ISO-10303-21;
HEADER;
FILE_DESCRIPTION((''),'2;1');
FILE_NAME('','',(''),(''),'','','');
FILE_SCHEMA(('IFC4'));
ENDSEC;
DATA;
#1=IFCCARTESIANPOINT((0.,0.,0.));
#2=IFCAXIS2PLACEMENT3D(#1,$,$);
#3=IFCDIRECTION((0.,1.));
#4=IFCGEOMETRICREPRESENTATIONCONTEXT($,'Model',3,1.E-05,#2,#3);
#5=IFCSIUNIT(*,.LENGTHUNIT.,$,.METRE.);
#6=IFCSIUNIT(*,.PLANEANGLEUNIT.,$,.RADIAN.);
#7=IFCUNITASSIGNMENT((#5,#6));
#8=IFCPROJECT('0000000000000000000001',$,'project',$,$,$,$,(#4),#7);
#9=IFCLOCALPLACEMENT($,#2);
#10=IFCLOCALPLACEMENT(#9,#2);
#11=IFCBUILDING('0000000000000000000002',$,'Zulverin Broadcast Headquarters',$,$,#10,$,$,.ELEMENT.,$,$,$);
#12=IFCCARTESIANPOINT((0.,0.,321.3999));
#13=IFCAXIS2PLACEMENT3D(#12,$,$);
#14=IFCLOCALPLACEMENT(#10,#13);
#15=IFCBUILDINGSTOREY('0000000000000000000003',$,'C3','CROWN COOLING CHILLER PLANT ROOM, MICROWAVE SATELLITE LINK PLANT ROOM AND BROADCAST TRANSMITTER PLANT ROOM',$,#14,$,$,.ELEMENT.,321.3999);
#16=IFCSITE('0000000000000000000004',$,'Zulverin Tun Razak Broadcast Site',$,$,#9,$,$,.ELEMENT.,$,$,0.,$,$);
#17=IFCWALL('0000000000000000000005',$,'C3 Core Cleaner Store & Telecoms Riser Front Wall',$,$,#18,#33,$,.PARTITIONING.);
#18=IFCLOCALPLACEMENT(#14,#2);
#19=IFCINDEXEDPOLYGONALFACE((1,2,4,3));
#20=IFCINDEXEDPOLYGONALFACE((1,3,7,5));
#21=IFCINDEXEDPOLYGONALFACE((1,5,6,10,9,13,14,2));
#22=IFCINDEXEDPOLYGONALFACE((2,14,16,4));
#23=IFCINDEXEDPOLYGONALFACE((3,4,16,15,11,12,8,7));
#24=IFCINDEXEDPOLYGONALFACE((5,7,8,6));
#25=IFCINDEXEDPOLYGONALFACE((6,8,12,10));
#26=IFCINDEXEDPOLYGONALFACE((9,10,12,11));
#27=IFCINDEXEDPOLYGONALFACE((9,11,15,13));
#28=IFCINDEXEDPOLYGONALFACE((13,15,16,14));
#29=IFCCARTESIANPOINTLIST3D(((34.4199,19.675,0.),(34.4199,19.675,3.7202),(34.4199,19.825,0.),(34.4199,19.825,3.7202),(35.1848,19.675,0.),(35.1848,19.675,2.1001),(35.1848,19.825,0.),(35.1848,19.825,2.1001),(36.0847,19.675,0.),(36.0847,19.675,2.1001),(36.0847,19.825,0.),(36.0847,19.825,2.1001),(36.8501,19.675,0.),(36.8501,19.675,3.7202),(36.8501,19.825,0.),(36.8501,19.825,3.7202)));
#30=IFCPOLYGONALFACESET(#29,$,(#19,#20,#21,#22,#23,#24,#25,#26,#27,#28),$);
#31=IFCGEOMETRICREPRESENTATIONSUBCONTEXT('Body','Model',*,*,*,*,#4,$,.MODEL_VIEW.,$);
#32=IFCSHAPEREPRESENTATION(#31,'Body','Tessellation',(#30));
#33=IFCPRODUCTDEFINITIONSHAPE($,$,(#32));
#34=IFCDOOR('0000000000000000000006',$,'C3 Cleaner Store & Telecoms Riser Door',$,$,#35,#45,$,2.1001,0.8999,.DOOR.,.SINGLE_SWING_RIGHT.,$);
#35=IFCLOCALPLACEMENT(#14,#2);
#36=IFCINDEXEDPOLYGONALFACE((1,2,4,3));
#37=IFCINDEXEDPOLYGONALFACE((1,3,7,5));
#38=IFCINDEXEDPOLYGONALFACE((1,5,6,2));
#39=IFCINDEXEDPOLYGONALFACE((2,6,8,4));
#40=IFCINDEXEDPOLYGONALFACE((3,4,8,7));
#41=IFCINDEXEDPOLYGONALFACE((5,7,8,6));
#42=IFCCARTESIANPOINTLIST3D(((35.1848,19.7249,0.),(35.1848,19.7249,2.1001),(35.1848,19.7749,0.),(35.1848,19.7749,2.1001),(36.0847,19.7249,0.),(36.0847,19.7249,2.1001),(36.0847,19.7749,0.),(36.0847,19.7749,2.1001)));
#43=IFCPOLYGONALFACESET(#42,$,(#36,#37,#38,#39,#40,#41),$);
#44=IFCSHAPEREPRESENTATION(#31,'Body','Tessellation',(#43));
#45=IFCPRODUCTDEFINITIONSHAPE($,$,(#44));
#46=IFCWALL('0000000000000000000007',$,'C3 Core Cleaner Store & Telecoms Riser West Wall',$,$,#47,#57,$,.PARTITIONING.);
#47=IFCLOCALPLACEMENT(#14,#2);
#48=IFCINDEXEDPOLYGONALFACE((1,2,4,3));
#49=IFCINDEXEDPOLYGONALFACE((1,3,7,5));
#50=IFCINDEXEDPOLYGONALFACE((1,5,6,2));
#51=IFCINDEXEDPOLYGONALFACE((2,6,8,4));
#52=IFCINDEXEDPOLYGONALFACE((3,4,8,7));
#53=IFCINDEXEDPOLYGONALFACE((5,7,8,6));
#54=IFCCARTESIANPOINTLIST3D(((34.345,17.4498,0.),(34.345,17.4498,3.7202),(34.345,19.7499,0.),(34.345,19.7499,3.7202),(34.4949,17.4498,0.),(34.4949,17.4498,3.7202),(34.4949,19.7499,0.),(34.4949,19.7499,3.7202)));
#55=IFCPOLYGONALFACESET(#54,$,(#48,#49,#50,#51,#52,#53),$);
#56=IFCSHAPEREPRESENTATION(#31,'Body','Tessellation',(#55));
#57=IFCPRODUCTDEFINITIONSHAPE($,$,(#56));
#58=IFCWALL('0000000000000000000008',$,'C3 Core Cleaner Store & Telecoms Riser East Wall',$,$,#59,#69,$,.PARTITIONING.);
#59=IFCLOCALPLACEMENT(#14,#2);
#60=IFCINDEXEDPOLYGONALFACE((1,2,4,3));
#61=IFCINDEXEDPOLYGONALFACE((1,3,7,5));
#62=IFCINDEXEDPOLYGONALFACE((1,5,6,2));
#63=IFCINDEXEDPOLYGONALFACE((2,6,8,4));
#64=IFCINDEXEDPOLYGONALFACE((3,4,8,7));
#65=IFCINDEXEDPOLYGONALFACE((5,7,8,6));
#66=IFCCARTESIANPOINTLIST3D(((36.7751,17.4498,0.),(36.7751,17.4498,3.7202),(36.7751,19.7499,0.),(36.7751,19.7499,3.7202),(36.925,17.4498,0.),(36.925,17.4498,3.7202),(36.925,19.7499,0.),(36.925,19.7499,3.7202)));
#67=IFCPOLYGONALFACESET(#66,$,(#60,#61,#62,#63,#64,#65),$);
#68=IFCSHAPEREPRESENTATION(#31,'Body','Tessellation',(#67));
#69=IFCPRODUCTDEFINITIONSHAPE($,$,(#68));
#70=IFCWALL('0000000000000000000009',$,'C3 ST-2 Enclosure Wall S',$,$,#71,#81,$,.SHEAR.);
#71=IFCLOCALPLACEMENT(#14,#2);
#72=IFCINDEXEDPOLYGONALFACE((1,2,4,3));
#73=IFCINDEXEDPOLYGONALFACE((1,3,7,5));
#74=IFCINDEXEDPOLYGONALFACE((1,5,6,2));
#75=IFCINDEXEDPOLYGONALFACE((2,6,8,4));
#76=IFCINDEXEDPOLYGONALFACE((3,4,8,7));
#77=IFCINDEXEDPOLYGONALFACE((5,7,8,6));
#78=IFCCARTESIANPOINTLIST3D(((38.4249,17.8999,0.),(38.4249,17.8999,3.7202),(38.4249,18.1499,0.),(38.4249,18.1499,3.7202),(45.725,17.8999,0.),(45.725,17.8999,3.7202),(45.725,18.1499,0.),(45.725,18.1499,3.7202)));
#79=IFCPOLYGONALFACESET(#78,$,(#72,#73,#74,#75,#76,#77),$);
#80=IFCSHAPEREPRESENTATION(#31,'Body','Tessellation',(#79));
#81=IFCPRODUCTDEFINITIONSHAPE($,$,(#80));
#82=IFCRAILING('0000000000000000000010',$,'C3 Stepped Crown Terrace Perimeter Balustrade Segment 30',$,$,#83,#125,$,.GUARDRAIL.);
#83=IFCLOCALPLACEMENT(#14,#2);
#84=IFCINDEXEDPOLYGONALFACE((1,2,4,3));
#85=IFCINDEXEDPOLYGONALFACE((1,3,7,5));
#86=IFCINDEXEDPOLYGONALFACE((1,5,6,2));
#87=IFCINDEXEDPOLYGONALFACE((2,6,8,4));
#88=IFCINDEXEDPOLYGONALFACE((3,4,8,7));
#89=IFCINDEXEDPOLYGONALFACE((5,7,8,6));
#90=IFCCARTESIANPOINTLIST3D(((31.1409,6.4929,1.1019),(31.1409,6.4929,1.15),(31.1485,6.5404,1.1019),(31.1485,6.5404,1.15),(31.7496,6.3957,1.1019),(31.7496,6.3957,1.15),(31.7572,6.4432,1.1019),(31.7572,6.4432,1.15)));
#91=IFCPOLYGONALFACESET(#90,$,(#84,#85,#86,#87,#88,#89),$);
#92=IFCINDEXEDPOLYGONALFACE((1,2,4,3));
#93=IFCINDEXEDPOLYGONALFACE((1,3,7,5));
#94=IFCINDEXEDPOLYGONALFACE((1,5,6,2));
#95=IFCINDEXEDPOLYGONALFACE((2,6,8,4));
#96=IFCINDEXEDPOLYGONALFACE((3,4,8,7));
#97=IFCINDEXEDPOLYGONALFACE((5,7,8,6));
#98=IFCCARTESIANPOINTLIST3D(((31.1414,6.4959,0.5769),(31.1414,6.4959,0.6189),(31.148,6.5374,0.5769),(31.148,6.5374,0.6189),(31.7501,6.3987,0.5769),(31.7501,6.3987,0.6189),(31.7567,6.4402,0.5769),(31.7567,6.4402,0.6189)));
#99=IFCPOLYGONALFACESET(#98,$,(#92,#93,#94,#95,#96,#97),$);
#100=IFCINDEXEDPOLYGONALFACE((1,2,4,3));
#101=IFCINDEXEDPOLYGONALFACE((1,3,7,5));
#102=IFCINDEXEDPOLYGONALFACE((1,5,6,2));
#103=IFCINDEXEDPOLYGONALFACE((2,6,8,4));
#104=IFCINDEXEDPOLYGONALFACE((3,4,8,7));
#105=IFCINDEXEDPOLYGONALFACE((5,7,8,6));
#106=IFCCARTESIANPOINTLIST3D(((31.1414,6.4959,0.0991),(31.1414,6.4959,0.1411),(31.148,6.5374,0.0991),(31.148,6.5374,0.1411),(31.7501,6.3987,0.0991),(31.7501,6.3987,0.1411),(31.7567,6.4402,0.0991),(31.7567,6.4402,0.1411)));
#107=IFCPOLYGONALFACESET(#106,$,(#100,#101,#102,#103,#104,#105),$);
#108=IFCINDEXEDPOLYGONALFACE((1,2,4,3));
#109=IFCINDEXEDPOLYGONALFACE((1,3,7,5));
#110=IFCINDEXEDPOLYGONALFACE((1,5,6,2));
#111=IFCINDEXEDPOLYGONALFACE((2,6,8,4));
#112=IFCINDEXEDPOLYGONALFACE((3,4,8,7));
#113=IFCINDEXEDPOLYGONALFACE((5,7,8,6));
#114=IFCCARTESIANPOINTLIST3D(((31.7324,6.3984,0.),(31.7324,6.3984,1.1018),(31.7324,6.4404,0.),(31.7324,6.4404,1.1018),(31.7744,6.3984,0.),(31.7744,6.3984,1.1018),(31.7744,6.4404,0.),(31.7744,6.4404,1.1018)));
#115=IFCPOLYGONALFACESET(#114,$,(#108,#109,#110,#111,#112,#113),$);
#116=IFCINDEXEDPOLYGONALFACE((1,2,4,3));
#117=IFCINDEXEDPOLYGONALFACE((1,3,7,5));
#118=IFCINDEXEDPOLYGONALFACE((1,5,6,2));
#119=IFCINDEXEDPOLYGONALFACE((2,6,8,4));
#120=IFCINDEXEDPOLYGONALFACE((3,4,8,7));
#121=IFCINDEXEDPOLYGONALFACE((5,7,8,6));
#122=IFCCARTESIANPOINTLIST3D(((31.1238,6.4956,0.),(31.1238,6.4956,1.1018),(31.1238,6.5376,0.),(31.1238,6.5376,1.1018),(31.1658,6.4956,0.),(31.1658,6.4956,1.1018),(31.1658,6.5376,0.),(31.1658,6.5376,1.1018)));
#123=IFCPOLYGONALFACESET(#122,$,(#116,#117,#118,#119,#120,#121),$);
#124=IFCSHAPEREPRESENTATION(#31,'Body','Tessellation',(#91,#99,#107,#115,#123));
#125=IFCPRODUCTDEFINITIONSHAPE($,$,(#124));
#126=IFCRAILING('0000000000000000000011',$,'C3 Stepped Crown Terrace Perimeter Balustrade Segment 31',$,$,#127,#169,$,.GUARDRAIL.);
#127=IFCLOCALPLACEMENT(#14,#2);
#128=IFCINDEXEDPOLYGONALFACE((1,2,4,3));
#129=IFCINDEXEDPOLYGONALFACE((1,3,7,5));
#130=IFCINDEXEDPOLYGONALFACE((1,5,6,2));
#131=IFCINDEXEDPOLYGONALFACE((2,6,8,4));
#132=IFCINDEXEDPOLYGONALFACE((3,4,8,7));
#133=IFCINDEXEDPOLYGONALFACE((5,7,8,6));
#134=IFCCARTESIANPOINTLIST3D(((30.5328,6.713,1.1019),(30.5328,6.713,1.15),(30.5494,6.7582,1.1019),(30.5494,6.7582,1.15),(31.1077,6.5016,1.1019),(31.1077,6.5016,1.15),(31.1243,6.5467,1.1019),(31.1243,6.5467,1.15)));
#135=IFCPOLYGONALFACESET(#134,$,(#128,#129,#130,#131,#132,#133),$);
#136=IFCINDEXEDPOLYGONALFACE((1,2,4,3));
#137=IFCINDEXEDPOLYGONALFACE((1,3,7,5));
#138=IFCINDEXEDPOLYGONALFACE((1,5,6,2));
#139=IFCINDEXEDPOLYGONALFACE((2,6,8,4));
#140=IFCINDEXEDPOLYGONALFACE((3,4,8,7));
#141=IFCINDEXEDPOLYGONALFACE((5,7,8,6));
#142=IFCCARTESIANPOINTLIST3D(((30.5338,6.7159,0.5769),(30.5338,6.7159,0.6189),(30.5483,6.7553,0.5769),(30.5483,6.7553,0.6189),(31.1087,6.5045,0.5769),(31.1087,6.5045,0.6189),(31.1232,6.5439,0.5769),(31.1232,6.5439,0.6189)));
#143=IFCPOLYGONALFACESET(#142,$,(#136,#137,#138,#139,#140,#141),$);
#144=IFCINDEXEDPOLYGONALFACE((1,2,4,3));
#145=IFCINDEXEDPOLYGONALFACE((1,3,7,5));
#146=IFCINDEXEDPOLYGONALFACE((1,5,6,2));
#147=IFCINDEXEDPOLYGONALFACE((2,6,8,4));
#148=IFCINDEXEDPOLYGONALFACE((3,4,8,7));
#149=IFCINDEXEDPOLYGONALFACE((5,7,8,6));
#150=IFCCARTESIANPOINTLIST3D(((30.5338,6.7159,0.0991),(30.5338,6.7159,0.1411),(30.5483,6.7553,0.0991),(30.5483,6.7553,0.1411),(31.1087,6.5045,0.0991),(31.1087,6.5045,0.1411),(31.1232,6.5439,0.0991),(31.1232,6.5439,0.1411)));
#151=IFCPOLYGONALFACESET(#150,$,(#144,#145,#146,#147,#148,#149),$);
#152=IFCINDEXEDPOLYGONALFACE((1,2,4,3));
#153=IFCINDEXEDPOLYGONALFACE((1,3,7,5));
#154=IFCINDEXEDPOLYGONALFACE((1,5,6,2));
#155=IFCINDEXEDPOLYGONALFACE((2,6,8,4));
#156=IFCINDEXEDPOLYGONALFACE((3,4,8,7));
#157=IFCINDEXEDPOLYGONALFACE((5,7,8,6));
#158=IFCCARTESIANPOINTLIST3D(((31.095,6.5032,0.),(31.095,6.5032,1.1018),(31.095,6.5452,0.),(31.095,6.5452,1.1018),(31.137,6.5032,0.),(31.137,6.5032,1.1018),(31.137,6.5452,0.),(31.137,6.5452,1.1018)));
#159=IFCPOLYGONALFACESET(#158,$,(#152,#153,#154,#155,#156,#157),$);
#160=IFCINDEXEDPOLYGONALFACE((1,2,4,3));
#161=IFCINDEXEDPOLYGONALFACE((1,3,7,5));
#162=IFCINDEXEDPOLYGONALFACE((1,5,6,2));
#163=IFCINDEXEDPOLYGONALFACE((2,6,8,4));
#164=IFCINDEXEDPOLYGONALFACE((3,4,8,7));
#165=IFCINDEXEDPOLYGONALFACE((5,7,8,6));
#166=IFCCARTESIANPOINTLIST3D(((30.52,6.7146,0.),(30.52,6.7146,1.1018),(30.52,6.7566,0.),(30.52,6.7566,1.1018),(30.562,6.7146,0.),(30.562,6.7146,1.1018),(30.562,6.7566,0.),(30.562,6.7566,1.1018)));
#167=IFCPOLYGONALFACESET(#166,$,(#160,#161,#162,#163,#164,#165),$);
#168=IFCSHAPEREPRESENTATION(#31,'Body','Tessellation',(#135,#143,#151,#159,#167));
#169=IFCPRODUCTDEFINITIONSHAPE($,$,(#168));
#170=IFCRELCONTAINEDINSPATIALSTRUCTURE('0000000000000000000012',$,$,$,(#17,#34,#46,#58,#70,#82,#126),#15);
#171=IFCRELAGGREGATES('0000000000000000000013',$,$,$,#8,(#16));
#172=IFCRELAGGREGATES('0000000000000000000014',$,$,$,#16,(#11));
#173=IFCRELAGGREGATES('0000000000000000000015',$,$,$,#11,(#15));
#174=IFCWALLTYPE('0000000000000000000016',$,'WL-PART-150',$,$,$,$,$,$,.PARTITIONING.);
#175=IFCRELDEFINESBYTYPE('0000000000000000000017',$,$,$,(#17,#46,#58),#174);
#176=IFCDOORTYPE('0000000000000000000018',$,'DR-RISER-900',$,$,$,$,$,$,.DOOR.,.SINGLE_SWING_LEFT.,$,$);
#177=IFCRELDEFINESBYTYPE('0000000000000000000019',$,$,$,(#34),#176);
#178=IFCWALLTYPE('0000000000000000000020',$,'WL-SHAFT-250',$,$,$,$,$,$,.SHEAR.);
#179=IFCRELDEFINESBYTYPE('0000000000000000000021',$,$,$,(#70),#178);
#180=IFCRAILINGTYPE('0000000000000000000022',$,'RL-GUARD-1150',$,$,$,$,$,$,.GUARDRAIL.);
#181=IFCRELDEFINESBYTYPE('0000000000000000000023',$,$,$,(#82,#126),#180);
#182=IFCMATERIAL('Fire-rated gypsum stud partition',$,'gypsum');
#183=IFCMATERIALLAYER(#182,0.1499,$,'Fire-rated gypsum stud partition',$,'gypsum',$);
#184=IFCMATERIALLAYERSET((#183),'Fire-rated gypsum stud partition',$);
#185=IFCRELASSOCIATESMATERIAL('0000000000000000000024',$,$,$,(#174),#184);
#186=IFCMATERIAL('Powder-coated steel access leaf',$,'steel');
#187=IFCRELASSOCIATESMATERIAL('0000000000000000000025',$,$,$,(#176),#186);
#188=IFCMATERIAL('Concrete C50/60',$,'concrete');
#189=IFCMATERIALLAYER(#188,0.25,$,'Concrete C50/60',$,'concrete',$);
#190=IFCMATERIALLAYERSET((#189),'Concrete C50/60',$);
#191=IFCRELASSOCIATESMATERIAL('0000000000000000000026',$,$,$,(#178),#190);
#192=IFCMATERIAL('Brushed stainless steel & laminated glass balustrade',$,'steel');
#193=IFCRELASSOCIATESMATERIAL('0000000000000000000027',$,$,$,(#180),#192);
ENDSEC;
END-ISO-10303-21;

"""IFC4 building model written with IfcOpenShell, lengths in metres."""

from ifc_helpers import new_model, si_unit, direction, frame, frame_2d, origin, origin_2d, place, context, subcontext, project, spatial, rectangle, extrude, material, layer, layer_set, type_object, element, fill, save


model = new_model("IFC4")

# Units and contexts
model_context = context("Model", 3, precision=1e-05, world=origin(), true_north=direction((0.0, 1.0)))
body_context = subcontext(model_context, "Body", "Model", "MODEL_VIEW")
ifc_project = project(units=[si_unit("LENGTHUNIT", "METRE"), si_unit("PLANEANGLEUNIT", "RADIAN")], contexts=[model_context])

# Site, building, storey
site_placement = place(None, origin())
site = spatial("IfcSite", under=ifc_project, at=site_placement, Name="Zulverin Tun Razak Broadcast Site", CompositionType="ELEMENT", RefElevation=0.0)
building_placement = place(site_placement, origin())
building = spatial("IfcBuilding", under=site, at=building_placement, Name="Zulverin Broadcast Headquarters", CompositionType="ELEMENT")
storey_placement = place(building_placement, frame((0.0, 0.0, 321.3999)))
storey = spatial("IfcBuildingStorey", under=building, at=storey_placement, Name="C3", Description="CROWN COOLING CHILLER PLANT ROOM, MICROWAVE SATELLITE LINK PLANT ROOM AND BROADCAST TRANSMITTER PLANT ROOM", CompositionType="ELEMENT", Elevation=321.3999)

# Shared definitions
ifc_material_1 = material(Name="Concrete C50/60", Category="concrete")

# Shared definitions
ifc_material_2 = material(Name="Fire-rated gypsum stud partition", Category="gypsum")
ifc_layer_1 = layer(ifc_material_2, 0.1499, Name="Fire-rated gypsum stud partition", Category="gypsum")
ifc_layer_set_1 = layer_set([ifc_layer_1], Name="Fire-rated gypsum stud partition")
wall_type_1 = type_object("IfcWallType", Name="WL-PART-150", PredefinedType="PARTITIONING", material=ifc_layer_set_1)

# Wall, opening, door
wall_1_placement = place(storey_placement, frame((34.4199, 19.75, 0.0), z_axis=(0.0, 0.0, 1.0), x_axis=(1.0, 0.0, 0.0)))
wall_1 = element("IfcWall", 1, at=wall_1_placement, inside=storey, type_object=wall_type_1, Name="C3 Core Cleaner Store & Telecoms Riser Front Wall", PredefinedType="PARTITIONING", context=body_context, shape_type="SweptSolid", body=[
    extrude(rectangle(XDim=2.4302, YDim=0.1499, at=frame_2d((1.2151, 0.0))), origin(), (0.0, 0.0, 1.0), 3.7202),
])
opening_1_placement = place(wall_1_placement, frame((0.7649, 0.0, 0.0)))
opening_1 = element("IfcOpeningElement", 2, at=opening_1_placement, cuts=wall_1, PredefinedType="OPENING", context=body_context, shape_type="SweptSolid", body=[
    extrude(rectangle(XDim=0.8999, YDim=2.1001, at=frame_2d((0.45, 1.05))), frame((0.0, 0.085, 0.0), z_axis=(0.0, -1.0, 0.0), x_axis=(1.0, 0.0, 0.0)), (0.0, 0.0, 1.0), 0.1699),
])
ifc_material_3 = material(Name="Powder-coated steel access leaf", Category="steel")
door_type_1 = type_object("IfcDoorType", Name="DR-RISER-900", OperationType="SINGLE_SWING_LEFT", PredefinedType="DOOR", material=ifc_material_3)
door_1_placement = place(opening_1_placement, origin())
door_1 = element("IfcDoor", 3, at=door_1_placement, inside=storey, type_object=door_type_1, Name="C3 Cleaner Store & Telecoms Riser Door", OperationType="SINGLE_SWING_RIGHT", OverallHeight=2.1001, OverallWidth=0.8999, PredefinedType="DOOR", context=body_context, shape_type="SweptSolid", body=[
    extrude(rectangle(XDim=0.8999, YDim=2.1001, at=frame_2d((0.45, 1.05))), frame((0.0, 0.0249, 0.0), z_axis=(0.0, -1.0, 0.0), x_axis=(1.0, 0.0, 0.0)), (0.0, 0.0, 1.0), 0.05),
])
fill(opening_1, door_1)

# Walls
for number, where, z_axis, x_axis, name in (
    (4, (34.4199, 17.45, 0.0), (0.0, 0.0, 1.0), (0.0, 1.0, 0.0), "C3 Core Cleaner Store & Telecoms Riser West Wall"),
    (5, (36.8501, 17.45, 0.0), (0.0, 0.0, 1.0), (0.0, 1.0, 0.0), "C3 Core Cleaner Store & Telecoms Riser East Wall"),
):
    element("IfcWall", number, at=place(storey_placement, frame(where, z_axis=z_axis, x_axis=x_axis)), inside=storey, type_object=wall_type_1, Name=name, PredefinedType="PARTITIONING", context=body_context, shape_type="SweptSolid", body=[
        extrude(rectangle(XDim=2.3, YDim=0.1499, at=frame_2d((1.1499, 0.0))), origin(), (0.0, 0.0, 1.0), 3.7202),
    ])
ifc_layer_2 = layer(ifc_material_1, 0.25, Name="Concrete C50/60", Category="concrete")
ifc_layer_set_2 = layer_set([ifc_layer_2], Name="Concrete C50/60")
wall_type_2 = type_object("IfcWallType", Name="WL-SHAFT-250", PredefinedType="SHEAR", material=ifc_layer_set_2)
wall_2_placement = place(storey_placement, frame((38.425, 18.0249, 0.0), z_axis=(0.0, 0.0, 1.0), x_axis=(1.0, 0.0, 0.0)))
element("IfcWall", 6, at=wall_2_placement, inside=storey, type_object=wall_type_2, Name="C3 ST-2 Enclosure Wall S", PredefinedType="SHEAR", context=body_context, shape_type="SweptSolid", body=[
    extrude(rectangle(XDim=7.3, YDim=0.25, at=frame_2d((3.6499, 0.0))), origin(), (0.0, 0.0, 1.0), 3.7202),
])

# Railings
ifc_material_4 = material(Name="Brushed stainless steel & laminated glass balustrade", Category="steel")
railing_type = type_object("IfcRailingType", Name="RL-GUARD-1150", PredefinedType="GUARDRAIL", material=ifc_material_4)
railing_1_placement = place(storey_placement, frame((31.7534, 6.4194, 0.0)))
element("IfcRailing", 7, at=railing_1_placement, inside=storey, type_object=railing_type, Name="C3 Stepped Crown Terrace Perimeter Balustrade Segment 30", PredefinedType="GUARDRAIL", context=body_context, shape_type="SweptSolid", body=[
    extrude(rectangle(XDim=0.0481, YDim=0.0481, at=origin_2d()), frame((0.0, 0.0, 1.126), z_axis=(-0.987495, 0.157651, 0.0), x_axis=(-0.157651, -0.987495, 0.0)), (0.0, 0.0, 1.0), 0.6165),
    extrude(rectangle(XDim=0.042, YDim=0.042, at=origin_2d()), frame((0.0, 0.0, 0.5979), z_axis=(-0.987495, 0.157651, 0.0), x_axis=(-0.157651, -0.987495, 0.0)), (0.0, 0.0, 1.0), 0.6165),
    extrude(rectangle(XDim=0.042, YDim=0.042, at=origin_2d()), frame((0.0, 0.0, 0.1201), z_axis=(-0.987495, 0.157651, 0.0), x_axis=(-0.157651, -0.987495, 0.0)), (0.0, 0.0, 1.0), 0.6165),
    extrude(rectangle(XDim=0.042, YDim=0.042, at=origin_2d()), origin(), (0.0, 0.0, 1.0), 1.1018),
    extrude(rectangle(XDim=0.042, YDim=0.042, at=origin_2d()), frame((-0.6086, 0.0972, 0.0)), (0.0, 0.0, 1.0), 1.1018),
])
railing_2_placement = place(storey_placement, frame((31.116, 6.5242, 0.0)))
element("IfcRailing", 8, at=railing_2_placement, inside=storey, type_object=railing_type, Name="C3 Stepped Crown Terrace Perimeter Balustrade Segment 31", PredefinedType="GUARDRAIL", context=body_context, shape_type="SweptSolid", body=[
    extrude(rectangle(XDim=0.0481, YDim=0.0481, at=origin_2d()), frame((0.0, 0.0, 1.126), z_axis=(-0.938554, 0.345133, 0.0), x_axis=(-0.345133, -0.938554, 0.0)), (0.0, 0.0, 1.0), 0.6125),
    extrude(rectangle(XDim=0.042, YDim=0.042, at=origin_2d()), frame((0.0, 0.0, 0.5979), z_axis=(-0.938554, 0.345133, 0.0), x_axis=(-0.345133, -0.938554, 0.0)), (0.0, 0.0, 1.0), 0.6125),
    extrude(rectangle(XDim=0.042, YDim=0.042, at=origin_2d()), frame((0.0, 0.0, 0.1201), z_axis=(-0.938554, 0.345133, 0.0), x_axis=(-0.345133, -0.938554, 0.0)), (0.0, 0.0, 1.0), 0.6125),
    extrude(rectangle(XDim=0.042, YDim=0.042, at=origin_2d()), origin(), (0.0, 0.0, 1.0), 1.1018),
    extrude(rectangle(XDim=0.042, YDim=0.042, at=origin_2d()), frame((-0.575, 0.2114, 0.0)), (0.0, 0.0, 1.0), 1.1018),
])

save(model, "model.ifc")
